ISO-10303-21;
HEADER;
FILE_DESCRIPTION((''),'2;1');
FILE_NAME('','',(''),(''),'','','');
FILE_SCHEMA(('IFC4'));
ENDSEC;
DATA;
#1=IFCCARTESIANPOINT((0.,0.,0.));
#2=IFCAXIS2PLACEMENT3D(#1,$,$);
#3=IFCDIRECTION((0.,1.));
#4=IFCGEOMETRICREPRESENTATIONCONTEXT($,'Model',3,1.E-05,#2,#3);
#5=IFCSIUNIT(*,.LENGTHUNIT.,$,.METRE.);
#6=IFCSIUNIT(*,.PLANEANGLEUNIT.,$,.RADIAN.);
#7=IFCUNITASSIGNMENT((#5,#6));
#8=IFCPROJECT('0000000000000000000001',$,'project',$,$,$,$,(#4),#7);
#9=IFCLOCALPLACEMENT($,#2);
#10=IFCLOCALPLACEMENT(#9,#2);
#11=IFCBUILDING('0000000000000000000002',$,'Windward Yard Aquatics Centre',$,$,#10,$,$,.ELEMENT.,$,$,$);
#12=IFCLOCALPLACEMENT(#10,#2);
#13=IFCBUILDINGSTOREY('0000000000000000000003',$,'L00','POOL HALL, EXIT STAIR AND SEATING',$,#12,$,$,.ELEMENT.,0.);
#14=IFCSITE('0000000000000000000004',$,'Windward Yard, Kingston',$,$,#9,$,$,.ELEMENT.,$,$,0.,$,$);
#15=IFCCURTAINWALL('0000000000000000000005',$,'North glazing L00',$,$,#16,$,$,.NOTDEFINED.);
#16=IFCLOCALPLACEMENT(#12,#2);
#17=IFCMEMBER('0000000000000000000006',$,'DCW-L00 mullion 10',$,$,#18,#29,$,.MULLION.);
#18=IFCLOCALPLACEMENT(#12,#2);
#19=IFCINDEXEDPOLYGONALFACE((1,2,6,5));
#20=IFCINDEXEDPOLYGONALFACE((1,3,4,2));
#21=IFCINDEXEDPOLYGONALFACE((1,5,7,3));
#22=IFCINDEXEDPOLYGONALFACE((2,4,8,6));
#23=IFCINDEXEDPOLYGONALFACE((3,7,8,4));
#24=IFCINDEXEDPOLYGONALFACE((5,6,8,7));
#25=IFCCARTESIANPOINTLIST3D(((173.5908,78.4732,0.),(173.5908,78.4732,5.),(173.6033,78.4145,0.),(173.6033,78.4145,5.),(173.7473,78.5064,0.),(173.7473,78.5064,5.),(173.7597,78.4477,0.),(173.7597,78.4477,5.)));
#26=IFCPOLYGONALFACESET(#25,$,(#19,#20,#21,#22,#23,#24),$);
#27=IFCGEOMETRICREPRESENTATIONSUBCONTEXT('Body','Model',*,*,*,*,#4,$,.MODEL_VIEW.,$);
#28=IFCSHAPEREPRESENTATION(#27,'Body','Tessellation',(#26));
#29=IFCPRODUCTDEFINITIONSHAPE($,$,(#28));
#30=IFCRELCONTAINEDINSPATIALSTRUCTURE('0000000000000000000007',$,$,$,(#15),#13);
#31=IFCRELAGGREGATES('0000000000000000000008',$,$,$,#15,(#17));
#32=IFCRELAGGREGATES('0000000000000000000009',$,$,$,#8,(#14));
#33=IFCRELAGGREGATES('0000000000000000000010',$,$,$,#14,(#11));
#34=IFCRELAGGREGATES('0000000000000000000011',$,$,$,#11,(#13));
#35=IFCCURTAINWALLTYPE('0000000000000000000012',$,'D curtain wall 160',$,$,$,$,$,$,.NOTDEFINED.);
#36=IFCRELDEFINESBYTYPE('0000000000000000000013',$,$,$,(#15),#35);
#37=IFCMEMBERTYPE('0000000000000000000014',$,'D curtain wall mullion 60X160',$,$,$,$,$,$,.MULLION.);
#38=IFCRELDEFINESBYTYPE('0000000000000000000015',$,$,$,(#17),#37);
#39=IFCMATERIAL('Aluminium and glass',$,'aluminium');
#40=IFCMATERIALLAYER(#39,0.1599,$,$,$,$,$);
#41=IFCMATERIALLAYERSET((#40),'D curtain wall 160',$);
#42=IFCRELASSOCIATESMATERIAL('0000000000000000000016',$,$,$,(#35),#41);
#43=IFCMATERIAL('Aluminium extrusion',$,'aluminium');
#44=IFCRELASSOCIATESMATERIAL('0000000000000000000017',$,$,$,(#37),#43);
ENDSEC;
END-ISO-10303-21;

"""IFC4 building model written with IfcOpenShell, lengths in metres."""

from ifc_helpers import new_model, si_unit, direction, frame, origin, origin_2d, place, context, subcontext, project, spatial, rectangle, extrude, material, layer, layer_set, material_profile, profile_set, type_object, element, aggregate, save


model = new_model("IFC4")

# Units and contexts
model_context = context("Model", 3, precision=1e-05, world=origin(), true_north=direction((0.0, 1.0)))
body_context = subcontext(model_context, "Body", "Model", "MODEL_VIEW")
ifc_project = project(units=[si_unit("LENGTHUNIT", "METRE"), si_unit("PLANEANGLEUNIT", "RADIAN")], contexts=[model_context])

# Site, building, storey
site_placement = place(None, origin())
site = spatial("IfcSite", under=ifc_project, at=site_placement, Name="Windward Yard, Kingston", CompositionType="ELEMENT", RefElevation=0.0)
building_placement = place(site_placement, origin())
building = spatial("IfcBuilding", under=site, at=building_placement, Name="Windward Yard Aquatics Centre", CompositionType="ELEMENT")
storey_placement = place(building_placement, origin())
storey = spatial("IfcBuildingStorey", under=building, at=storey_placement, Name="L00", Description="POOL HALL, EXIT STAIR AND SEATING", CompositionType="ELEMENT", Elevation=0.0)

# Curtain wall, member
ifc_material_1 = material(Name="Aluminium and glass", Category="aluminium")
ifc_layer = layer(ifc_material_1, 0.1599)
ifc_layer_set = layer_set([ifc_layer], Name="D curtain wall 160")
curtain_wall_type = type_object("IfcCurtainWallType", Name="D curtain wall 160", PredefinedType="NOTDEFINED", material=ifc_layer_set)
curtain_wall_placement = place(storey_placement, origin())
curtain_wall = element("IfcCurtainWall", 1, at=curtain_wall_placement, inside=storey, type_object=curtain_wall_type, Name="North glazing L00", PredefinedType="NOTDEFINED")
ifc_material_2 = material(Name="Aluminium extrusion", Category="aluminium")
ifc_material_profile_1 = material_profile(ifc_material_2, rectangle(XDim=0.0601, YDim=0.1599, at=origin_2d()), Name="MULLION 60X160")
ifc_profile_set_1 = profile_set([ifc_material_profile_1], Name="Aluminium extrusion")
member_type = type_object("IfcMemberType", Name="D curtain wall mullion 60X160", PredefinedType="MULLION", material=ifc_profile_set_1)
member_placement = place(storey_placement, frame((173.6753, 78.4604, 0.0), z_axis=(0.0, 0.0, 1.0), x_axis=(-0.207912, 0.978148, 0.0)))
member = element("IfcMember", 2, at=member_placement, type_object=member_type, Name="DCW-L00 mullion 10", PredefinedType="MULLION", context=body_context, shape_type="SweptSolid", body=[
    extrude(rectangle(XDim=0.0601, YDim=0.1599, at=origin_2d()), origin(), (0.0, 0.0, 1.0), 5.0),
])
aggregate(curtain_wall, [member])

save(model, "model.ifc")
